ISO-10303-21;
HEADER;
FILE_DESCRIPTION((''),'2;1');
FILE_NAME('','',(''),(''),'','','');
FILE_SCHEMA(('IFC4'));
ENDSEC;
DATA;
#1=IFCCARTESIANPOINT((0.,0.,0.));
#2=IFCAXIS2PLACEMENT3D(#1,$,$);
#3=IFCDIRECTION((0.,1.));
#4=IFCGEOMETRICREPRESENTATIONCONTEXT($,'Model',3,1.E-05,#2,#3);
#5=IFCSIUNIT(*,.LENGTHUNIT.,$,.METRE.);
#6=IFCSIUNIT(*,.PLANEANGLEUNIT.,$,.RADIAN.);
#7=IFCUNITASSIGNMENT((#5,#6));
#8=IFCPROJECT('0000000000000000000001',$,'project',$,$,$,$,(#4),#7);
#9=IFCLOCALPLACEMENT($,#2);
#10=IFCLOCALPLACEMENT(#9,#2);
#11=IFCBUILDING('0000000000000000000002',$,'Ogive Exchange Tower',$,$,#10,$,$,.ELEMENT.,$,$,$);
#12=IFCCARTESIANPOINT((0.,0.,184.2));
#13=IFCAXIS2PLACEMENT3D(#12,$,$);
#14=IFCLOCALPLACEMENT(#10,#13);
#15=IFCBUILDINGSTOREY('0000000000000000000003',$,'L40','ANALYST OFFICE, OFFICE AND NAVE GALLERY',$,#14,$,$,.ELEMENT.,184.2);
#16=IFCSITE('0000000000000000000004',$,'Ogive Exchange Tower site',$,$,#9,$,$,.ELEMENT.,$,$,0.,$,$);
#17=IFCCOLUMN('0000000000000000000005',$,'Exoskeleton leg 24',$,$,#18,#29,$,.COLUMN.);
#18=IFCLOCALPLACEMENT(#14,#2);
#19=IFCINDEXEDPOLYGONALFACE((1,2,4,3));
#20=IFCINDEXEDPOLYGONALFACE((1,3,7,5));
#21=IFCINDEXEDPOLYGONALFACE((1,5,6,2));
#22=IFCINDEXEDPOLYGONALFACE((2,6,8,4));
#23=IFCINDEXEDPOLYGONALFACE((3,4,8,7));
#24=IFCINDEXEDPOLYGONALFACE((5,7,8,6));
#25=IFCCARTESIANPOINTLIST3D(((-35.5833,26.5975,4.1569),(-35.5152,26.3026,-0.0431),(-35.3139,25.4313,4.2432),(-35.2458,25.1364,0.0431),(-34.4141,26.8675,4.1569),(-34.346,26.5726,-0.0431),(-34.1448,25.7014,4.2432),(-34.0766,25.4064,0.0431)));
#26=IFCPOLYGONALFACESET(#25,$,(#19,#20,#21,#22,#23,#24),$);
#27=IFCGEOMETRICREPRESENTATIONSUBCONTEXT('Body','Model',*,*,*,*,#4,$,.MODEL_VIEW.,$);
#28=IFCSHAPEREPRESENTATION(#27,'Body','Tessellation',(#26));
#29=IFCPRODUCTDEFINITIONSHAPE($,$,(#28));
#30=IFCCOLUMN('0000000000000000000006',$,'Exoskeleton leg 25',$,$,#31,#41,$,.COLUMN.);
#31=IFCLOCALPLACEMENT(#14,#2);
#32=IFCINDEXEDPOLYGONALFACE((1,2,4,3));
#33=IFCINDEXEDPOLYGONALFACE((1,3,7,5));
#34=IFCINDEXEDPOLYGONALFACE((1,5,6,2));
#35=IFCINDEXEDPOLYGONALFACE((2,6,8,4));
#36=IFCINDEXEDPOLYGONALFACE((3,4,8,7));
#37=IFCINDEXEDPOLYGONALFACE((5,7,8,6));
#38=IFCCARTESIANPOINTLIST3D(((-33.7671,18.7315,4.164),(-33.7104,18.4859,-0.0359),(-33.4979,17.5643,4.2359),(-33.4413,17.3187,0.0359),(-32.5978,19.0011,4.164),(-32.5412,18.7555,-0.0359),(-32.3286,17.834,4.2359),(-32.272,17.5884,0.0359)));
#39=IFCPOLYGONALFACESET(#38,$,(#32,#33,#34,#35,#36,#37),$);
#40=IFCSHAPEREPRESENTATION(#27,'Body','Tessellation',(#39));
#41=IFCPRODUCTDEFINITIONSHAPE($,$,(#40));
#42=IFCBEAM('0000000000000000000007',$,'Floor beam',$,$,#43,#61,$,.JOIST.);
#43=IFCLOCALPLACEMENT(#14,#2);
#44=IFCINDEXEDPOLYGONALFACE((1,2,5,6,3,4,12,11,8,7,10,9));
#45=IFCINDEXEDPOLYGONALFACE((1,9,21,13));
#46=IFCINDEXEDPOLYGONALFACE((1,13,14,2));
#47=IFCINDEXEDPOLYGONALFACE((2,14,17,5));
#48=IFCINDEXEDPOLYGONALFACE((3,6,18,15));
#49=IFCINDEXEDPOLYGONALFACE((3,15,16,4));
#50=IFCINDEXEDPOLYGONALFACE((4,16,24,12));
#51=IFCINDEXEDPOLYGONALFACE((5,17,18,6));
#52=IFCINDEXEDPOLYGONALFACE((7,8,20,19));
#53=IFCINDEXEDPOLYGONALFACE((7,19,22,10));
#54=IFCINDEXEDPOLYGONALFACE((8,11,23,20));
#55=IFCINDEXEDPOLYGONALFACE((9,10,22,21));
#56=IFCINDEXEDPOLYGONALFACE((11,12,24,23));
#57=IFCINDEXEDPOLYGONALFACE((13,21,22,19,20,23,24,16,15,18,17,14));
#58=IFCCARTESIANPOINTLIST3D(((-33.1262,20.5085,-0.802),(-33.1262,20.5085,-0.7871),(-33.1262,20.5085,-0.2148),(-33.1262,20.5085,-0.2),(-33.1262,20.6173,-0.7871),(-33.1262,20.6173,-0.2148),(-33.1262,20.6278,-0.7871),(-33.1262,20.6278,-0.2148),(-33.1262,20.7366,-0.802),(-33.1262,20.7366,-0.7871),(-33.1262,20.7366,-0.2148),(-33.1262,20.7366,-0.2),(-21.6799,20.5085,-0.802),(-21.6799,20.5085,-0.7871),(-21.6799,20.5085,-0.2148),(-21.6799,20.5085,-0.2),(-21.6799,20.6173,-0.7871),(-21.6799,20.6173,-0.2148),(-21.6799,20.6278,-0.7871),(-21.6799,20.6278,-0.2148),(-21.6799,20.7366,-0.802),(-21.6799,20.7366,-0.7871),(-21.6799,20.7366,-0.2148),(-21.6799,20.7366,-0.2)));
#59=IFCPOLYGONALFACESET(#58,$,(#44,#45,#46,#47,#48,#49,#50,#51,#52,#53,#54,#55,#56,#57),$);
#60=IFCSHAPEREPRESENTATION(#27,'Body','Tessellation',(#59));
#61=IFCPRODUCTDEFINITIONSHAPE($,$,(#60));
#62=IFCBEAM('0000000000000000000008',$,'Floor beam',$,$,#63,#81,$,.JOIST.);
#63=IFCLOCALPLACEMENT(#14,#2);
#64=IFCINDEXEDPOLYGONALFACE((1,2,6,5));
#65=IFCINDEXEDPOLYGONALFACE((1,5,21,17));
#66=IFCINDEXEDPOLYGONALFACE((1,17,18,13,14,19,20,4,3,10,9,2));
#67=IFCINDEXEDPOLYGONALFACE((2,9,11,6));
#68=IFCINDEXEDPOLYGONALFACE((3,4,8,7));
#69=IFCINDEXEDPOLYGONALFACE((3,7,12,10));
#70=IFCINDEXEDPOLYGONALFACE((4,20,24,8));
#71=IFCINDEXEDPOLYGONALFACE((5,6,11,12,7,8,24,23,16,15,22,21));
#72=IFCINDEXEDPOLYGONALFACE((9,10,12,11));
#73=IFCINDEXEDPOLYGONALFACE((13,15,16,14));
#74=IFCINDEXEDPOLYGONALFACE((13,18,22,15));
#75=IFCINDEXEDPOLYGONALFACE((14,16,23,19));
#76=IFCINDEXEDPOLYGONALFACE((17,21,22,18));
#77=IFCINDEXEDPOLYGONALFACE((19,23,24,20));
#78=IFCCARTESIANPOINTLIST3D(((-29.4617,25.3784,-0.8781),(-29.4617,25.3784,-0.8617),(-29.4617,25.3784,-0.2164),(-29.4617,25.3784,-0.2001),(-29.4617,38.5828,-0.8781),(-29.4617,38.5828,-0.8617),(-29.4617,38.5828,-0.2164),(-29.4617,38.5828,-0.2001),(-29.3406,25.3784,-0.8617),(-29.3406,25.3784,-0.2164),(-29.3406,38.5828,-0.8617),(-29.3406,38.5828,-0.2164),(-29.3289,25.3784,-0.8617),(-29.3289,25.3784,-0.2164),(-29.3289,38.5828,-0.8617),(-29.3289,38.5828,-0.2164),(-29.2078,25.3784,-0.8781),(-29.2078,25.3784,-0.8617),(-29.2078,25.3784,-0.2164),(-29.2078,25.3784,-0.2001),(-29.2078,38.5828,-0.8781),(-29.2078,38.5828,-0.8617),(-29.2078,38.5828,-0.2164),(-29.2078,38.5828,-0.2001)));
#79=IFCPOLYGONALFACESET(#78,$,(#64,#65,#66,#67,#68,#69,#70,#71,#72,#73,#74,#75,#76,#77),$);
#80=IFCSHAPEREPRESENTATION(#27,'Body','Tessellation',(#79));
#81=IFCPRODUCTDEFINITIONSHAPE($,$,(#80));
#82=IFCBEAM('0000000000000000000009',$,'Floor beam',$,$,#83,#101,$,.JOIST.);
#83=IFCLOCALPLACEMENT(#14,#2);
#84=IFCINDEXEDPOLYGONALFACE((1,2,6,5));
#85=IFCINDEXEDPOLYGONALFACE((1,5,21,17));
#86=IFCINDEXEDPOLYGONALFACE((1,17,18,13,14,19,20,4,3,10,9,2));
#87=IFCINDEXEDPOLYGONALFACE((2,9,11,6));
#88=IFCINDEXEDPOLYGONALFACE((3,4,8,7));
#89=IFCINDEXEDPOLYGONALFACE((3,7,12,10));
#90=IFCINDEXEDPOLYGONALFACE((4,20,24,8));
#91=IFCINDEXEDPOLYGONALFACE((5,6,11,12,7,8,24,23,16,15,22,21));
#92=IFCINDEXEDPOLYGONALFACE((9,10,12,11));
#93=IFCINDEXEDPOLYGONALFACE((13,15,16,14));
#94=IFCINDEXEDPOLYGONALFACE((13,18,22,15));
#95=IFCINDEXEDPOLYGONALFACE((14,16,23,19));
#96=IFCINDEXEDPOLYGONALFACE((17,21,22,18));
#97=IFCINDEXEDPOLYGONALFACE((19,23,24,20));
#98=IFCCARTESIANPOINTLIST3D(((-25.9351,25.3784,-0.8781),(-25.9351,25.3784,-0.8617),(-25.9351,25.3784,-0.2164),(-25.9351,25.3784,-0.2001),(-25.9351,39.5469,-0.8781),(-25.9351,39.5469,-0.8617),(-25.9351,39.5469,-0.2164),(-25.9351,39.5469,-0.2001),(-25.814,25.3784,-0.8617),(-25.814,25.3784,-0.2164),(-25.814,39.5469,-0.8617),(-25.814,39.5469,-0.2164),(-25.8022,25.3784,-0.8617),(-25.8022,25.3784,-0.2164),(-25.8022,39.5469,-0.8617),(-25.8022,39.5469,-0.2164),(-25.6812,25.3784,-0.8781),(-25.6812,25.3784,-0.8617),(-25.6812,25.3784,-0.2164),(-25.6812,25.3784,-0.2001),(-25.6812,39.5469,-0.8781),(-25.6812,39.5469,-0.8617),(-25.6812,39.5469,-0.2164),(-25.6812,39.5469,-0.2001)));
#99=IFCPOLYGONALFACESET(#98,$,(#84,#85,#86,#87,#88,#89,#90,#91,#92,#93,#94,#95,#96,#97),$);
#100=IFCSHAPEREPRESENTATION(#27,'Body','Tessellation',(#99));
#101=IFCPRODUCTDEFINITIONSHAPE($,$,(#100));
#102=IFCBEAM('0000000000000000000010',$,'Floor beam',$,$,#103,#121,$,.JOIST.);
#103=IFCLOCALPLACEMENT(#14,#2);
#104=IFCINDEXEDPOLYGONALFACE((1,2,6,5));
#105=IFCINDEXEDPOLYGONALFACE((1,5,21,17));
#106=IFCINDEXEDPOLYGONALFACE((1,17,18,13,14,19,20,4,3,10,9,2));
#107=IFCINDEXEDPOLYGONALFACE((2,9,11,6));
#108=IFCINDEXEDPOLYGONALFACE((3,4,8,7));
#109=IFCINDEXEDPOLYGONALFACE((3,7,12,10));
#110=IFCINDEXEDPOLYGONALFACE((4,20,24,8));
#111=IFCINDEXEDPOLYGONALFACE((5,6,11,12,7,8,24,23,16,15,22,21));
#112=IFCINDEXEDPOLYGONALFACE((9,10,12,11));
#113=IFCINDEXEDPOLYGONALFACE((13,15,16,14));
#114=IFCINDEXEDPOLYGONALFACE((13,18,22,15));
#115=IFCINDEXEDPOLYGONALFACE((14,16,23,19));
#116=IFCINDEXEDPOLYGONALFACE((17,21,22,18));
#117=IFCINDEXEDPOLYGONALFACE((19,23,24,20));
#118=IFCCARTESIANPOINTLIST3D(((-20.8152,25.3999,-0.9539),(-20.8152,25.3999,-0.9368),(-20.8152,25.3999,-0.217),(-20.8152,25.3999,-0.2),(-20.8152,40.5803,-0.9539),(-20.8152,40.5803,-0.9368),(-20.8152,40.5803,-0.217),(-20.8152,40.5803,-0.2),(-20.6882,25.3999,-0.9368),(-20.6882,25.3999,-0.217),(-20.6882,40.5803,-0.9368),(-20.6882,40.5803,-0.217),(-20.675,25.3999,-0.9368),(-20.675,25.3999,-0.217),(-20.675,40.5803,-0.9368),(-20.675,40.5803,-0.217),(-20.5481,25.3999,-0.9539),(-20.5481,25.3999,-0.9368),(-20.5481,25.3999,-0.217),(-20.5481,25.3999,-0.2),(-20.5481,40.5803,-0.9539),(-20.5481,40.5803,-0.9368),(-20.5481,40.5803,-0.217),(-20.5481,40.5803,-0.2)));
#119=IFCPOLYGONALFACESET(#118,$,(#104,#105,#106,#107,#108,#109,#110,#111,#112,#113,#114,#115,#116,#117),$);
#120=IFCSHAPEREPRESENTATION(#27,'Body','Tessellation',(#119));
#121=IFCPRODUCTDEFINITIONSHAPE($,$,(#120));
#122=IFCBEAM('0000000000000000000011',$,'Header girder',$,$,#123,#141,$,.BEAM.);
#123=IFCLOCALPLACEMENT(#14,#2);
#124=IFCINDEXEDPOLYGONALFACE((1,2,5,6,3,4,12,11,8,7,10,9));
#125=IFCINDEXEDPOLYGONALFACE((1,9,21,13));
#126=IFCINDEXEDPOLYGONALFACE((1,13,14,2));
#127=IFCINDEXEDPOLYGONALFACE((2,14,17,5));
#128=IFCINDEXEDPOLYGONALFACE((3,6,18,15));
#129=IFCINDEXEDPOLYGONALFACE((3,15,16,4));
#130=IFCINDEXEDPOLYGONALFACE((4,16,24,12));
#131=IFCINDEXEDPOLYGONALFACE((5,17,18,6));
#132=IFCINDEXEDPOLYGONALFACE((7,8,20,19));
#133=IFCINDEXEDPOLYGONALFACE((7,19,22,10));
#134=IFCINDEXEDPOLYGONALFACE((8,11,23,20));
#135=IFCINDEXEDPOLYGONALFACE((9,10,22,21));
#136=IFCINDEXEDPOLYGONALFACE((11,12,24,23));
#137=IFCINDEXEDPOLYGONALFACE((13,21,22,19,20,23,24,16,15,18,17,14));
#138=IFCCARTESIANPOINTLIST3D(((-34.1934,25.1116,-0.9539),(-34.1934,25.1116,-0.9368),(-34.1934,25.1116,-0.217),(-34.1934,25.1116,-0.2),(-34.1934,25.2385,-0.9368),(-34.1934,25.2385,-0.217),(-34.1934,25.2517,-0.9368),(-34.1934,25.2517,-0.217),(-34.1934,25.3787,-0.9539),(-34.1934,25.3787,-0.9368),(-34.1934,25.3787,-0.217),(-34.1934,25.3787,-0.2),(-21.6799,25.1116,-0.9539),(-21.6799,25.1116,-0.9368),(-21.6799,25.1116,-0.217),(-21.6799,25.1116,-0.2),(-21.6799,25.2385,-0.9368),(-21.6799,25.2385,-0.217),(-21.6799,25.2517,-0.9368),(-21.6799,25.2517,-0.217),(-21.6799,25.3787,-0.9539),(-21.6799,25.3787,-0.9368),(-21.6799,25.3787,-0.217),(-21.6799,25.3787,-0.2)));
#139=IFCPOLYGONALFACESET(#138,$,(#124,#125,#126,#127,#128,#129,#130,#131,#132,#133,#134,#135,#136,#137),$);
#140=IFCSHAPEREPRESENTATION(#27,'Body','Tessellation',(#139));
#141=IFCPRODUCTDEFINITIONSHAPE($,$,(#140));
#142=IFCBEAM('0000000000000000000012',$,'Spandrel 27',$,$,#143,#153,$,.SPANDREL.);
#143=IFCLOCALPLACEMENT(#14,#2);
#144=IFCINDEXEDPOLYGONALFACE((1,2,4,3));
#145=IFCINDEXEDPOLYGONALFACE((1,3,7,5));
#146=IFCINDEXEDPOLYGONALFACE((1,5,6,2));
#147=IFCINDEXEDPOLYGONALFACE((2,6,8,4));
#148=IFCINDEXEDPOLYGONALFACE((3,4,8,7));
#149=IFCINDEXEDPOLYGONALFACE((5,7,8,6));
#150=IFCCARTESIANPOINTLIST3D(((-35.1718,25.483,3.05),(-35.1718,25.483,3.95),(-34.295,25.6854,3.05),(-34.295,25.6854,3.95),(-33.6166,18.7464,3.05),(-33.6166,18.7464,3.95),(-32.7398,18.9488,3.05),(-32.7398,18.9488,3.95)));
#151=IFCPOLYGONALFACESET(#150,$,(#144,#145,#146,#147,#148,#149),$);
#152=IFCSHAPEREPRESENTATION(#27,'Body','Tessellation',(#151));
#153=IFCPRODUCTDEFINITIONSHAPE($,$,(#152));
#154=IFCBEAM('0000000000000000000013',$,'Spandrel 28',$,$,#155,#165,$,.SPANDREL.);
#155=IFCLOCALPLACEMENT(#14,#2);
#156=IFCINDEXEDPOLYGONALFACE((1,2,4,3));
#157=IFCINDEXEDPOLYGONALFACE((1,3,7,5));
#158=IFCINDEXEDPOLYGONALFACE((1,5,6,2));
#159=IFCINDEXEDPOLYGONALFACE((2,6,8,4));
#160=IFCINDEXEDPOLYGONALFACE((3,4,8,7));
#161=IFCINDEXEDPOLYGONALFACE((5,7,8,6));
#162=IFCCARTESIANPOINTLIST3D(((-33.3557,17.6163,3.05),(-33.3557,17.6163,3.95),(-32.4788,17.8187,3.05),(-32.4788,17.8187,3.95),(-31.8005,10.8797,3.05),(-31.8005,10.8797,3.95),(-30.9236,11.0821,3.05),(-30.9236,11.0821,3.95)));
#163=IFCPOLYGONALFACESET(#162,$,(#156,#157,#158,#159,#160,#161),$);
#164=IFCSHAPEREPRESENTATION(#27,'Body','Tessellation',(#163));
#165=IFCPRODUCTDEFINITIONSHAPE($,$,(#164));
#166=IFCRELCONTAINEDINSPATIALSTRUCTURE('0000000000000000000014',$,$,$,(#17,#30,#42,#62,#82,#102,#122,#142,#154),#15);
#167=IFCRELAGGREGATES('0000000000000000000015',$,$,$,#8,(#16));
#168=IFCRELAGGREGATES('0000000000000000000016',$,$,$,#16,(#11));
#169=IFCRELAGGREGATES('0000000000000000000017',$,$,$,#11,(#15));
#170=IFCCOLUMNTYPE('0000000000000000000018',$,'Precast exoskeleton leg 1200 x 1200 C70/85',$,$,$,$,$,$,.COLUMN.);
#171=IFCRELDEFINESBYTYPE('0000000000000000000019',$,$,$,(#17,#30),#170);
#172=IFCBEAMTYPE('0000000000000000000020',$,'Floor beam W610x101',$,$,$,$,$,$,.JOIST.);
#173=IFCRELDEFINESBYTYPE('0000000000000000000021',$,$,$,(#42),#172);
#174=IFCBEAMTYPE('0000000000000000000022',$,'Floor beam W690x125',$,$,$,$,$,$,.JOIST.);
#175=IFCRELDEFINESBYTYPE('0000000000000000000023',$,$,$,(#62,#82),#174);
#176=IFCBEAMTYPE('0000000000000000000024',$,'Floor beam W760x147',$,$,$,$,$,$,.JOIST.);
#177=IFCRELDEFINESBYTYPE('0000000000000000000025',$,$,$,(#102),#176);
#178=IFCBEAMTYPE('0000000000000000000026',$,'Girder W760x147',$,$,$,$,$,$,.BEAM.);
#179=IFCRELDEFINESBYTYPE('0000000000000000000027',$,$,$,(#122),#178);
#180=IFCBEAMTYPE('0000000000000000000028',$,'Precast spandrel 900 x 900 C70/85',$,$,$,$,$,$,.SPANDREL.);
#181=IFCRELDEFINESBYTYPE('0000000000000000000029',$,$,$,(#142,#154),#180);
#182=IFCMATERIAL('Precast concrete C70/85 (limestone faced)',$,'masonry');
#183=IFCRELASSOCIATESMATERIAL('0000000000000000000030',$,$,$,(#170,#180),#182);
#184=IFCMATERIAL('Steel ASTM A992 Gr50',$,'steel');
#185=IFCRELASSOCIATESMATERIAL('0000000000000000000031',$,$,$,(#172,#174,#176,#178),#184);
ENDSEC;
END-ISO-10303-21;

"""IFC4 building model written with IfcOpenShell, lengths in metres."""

from ifc_helpers import new_model, si_unit, direction, frame, origin, origin_2d, place, context, subcontext, project, spatial, rectangle, i_section, extrude, material, material_profile, profile_set, type_object, element, save


model = new_model("IFC4")

# Units and contexts
model_context = context("Model", 3, precision=1e-05, world=origin(), true_north=direction((0.0, 1.0)))
body_context = subcontext(model_context, "Body", "Model", "MODEL_VIEW")
ifc_project = project(units=[si_unit("LENGTHUNIT", "METRE"), si_unit("PLANEANGLEUNIT", "RADIAN")], contexts=[model_context])

# Site, building, storey
site_placement = place(None, origin())
site = spatial("IfcSite", under=ifc_project, at=site_placement, Name="Ogive Exchange Tower site", CompositionType="ELEMENT", RefElevation=0.0)
building_placement = place(site_placement, origin())
building = spatial("IfcBuilding", under=site, at=building_placement, Name="Ogive Exchange Tower", CompositionType="ELEMENT")
storey_placement = place(building_placement, frame((0.0, 0.0, 184.2)))
storey = spatial("IfcBuildingStorey", under=building, at=storey_placement, Name="L40", Description="ANALYST OFFICE, OFFICE AND NAVE GALLERY", CompositionType="ELEMENT", Elevation=184.2)

# Columns
ifc_material_1 = material(Name="Precast concrete C70/85 (limestone faced)", Category="masonry")
ifc_material_profile_1 = material_profile(ifc_material_1, rectangle(XDim=1.2, YDim=1.2, at=origin_2d()), Name="1200 x 1200")
ifc_profile_set_1 = profile_set([ifc_material_profile_1], Name="Precast concrete C70/85 (limestone faced)")
column_type = type_object("IfcColumnType", Name="Precast exoskeleton leg 1200 x 1200 C70/85", PredefinedType="COLUMN", material=ifc_profile_set_1)
column_1_placement = place(storey_placement, frame((-34.7959, 25.8545, 0.0), z_axis=(-0.016176, 0.070039, 0.997413), x_axis=(-0.97435, -0.225036, 0.0)))
element("IfcColumn", 1, at=column_1_placement, inside=storey, type_object=column_type, Name="Exoskeleton leg 24", PredefinedType="COLUMN", context=body_context, shape_type="SweptSolid", body=[
    extrude(rectangle(XDim=1.2, YDim=1.2, at=origin_2d()), origin(), (0.0, 0.0, 1.0), 4.2109),
])
column_2_placement = place(storey_placement, frame((-32.9912, 18.0371, 0.0), z_axis=(-0.013462, 0.058373, 0.998204), x_axis=(-0.974424, -0.224718, 0.0)))
element("IfcColumn", 2, at=column_2_placement, inside=storey, type_object=column_type, Name="Exoskeleton leg 25", PredefinedType="COLUMN", context=body_context, shape_type="SweptSolid", body=[
    extrude(rectangle(XDim=1.2, YDim=1.2, at=origin_2d()), origin(), (0.0, 0.0, 1.0), 4.2075),
])

# Beams
ifc_material_2 = material(Name="Steel ASTM A992 Gr50", Category="steel")
ifc_material_profile_2 = material_profile(ifc_material_2, i_section(OverallWidth=0.228, OverallDepth=0.6021, WebThickness=0.0105, FlangeThickness=0.0149, at=origin_2d()), Name="W610x101")
ifc_profile_set_2 = profile_set([ifc_material_profile_2], Name="Steel ASTM A992 Gr50")
beam_type_1 = type_object("IfcBeamType", Name="Floor beam W610x101", PredefinedType="JOIST", material=ifc_profile_set_2)
beam_1_placement = place(storey_placement, frame((-33.1262, 20.6226, -0.501), z_axis=(1.0, 0.0, 0.0), x_axis=(0.0, 1.0, 0.0)))
element("IfcBeam", 3, at=beam_1_placement, inside=storey, type_object=beam_type_1, Name="Floor beam", PredefinedType="JOIST", context=body_context, shape_type="SweptSolid", body=[
    extrude(i_section(OverallWidth=0.228, OverallDepth=0.6021, WebThickness=0.0105, FlangeThickness=0.0149, at=origin_2d()), origin(), (0.0, 0.0, 1.0), 11.4463),
])
ifc_material_profile_3 = material_profile(ifc_material_2, i_section(OverallWidth=0.2539, OverallDepth=0.678, WebThickness=0.0117, FlangeThickness=0.0164, at=origin_2d()), Name="W690x125")
ifc_profile_set_3 = profile_set([ifc_material_profile_3], Name="Steel ASTM A992 Gr50")
beam_type_2 = type_object("IfcBeamType", Name="Floor beam W690x125", PredefinedType="JOIST", material=ifc_profile_set_3)
beam_2_placement = place(storey_placement, frame((-29.3347, 25.3784, -0.5391), z_axis=(0.0, 1.0, 0.0), x_axis=(-1.0, 0.0, 0.0)))
element("IfcBeam", 4, at=beam_2_placement, inside=storey, type_object=beam_type_2, Name="Floor beam", PredefinedType="JOIST", context=body_context, shape_type="SweptSolid", body=[
    extrude(i_section(OverallWidth=0.2539, OverallDepth=0.678, WebThickness=0.0117, FlangeThickness=0.0164, at=origin_2d()), origin(), (0.0, 0.0, 1.0), 13.2043),
])
beam_3_placement = place(storey_placement, frame((-25.8081, 25.3784, -0.5391), z_axis=(0.0, 1.0, 0.0), x_axis=(-1.0, 0.0, 0.0)))
element("IfcBeam", 5, at=beam_3_placement, inside=storey, type_object=beam_type_2, Name="Floor beam", PredefinedType="JOIST", context=body_context, shape_type="SweptSolid", body=[
    extrude(i_section(OverallWidth=0.2539, OverallDepth=0.678, WebThickness=0.0117, FlangeThickness=0.0164, at=origin_2d()), origin(), (0.0, 0.0, 1.0), 14.1685),
])
ifc_material_profile_4 = material_profile(ifc_material_2, i_section(OverallWidth=0.2671, OverallDepth=0.7539, WebThickness=0.0132, FlangeThickness=0.0171, at=origin_2d()), Name="W760x147")
ifc_profile_set_4 = profile_set([ifc_material_profile_4], Name="Steel ASTM A992 Gr50")
beam_type_3 = type_object("IfcBeamType", Name="Floor beam W760x147", PredefinedType="JOIST", material=ifc_profile_set_4)
beam_4_placement = place(storey_placement, frame((-20.6816, 25.3999, -0.5769), z_axis=(0.0, 1.0, 0.0), x_axis=(-1.0, 0.0, 0.0)))
element("IfcBeam", 6, at=beam_4_placement, inside=storey, type_object=beam_type_3, Name="Floor beam", PredefinedType="JOIST", context=body_context, shape_type="SweptSolid", body=[
    extrude(i_section(OverallWidth=0.2671, OverallDepth=0.7539, WebThickness=0.0132, FlangeThickness=0.0171, at=origin_2d()), origin(), (0.0, 0.0, 1.0), 15.1804),
])
ifc_material_profile_5 = material_profile(ifc_material_2, i_section(OverallWidth=0.2671, OverallDepth=0.7539, WebThickness=0.0132, FlangeThickness=0.0171, at=origin_2d()), Name="W760x147")
ifc_profile_set_5 = profile_set([ifc_material_profile_5], Name="Steel ASTM A992 Gr50")
beam_type_4 = type_object("IfcBeamType", Name="Girder W760x147", PredefinedType="BEAM", material=ifc_profile_set_5)
beam_5_placement = place(storey_placement, frame((-34.1934, 25.2451, -0.5769), z_axis=(1.0, 0.0, 0.0), x_axis=(0.0, 1.0, 0.0)))
element("IfcBeam", 7, at=beam_5_placement, inside=storey, type_object=beam_type_4, Name="Header girder", PredefinedType="BEAM", context=body_context, shape_type="SweptSolid", body=[
    extrude(i_section(OverallWidth=0.2671, OverallDepth=0.7539, WebThickness=0.0132, FlangeThickness=0.0171, at=origin_2d()), origin(), (0.0, 0.0, 1.0), 12.5134),
])
ifc_material_profile_6 = material_profile(ifc_material_1, rectangle(XDim=0.8999, YDim=0.8999, at=origin_2d()), Name="900 x 900")
ifc_profile_set_6 = profile_set([ifc_material_profile_6], Name="Precast concrete C70/85 (limestone faced)")
beam_type_5 = type_object("IfcBeamType", Name="Precast spandrel 900 x 900 C70/85", PredefinedType="SPANDREL", material=ifc_profile_set_6)
for number, where, z_axis, x_axis, name in (
    (8, (-34.7334, 25.5842, 3.5), (0.224939, -0.974373, 0.0), (0.974373, 0.224939, 0.0), "Spandrel 27"),
    (9, (-32.9172, 17.7175, 3.5), (0.224939, -0.974373, 0.0), (0.974373, 0.224939, 0.0), "Spandrel 28"),
):
    element("IfcBeam", number, at=place(storey_placement, frame(where, z_axis=z_axis, x_axis=x_axis)), inside=storey, type_object=beam_type_5, Name=name, PredefinedType="SPANDREL", context=body_context, shape_type="SweptSolid", body=[
        extrude(rectangle(XDim=0.8999, YDim=0.8999, at=origin_2d()), origin(), (0.0, 0.0, 1.0), 6.9138),
    ])

save(model, "model.ifc")
